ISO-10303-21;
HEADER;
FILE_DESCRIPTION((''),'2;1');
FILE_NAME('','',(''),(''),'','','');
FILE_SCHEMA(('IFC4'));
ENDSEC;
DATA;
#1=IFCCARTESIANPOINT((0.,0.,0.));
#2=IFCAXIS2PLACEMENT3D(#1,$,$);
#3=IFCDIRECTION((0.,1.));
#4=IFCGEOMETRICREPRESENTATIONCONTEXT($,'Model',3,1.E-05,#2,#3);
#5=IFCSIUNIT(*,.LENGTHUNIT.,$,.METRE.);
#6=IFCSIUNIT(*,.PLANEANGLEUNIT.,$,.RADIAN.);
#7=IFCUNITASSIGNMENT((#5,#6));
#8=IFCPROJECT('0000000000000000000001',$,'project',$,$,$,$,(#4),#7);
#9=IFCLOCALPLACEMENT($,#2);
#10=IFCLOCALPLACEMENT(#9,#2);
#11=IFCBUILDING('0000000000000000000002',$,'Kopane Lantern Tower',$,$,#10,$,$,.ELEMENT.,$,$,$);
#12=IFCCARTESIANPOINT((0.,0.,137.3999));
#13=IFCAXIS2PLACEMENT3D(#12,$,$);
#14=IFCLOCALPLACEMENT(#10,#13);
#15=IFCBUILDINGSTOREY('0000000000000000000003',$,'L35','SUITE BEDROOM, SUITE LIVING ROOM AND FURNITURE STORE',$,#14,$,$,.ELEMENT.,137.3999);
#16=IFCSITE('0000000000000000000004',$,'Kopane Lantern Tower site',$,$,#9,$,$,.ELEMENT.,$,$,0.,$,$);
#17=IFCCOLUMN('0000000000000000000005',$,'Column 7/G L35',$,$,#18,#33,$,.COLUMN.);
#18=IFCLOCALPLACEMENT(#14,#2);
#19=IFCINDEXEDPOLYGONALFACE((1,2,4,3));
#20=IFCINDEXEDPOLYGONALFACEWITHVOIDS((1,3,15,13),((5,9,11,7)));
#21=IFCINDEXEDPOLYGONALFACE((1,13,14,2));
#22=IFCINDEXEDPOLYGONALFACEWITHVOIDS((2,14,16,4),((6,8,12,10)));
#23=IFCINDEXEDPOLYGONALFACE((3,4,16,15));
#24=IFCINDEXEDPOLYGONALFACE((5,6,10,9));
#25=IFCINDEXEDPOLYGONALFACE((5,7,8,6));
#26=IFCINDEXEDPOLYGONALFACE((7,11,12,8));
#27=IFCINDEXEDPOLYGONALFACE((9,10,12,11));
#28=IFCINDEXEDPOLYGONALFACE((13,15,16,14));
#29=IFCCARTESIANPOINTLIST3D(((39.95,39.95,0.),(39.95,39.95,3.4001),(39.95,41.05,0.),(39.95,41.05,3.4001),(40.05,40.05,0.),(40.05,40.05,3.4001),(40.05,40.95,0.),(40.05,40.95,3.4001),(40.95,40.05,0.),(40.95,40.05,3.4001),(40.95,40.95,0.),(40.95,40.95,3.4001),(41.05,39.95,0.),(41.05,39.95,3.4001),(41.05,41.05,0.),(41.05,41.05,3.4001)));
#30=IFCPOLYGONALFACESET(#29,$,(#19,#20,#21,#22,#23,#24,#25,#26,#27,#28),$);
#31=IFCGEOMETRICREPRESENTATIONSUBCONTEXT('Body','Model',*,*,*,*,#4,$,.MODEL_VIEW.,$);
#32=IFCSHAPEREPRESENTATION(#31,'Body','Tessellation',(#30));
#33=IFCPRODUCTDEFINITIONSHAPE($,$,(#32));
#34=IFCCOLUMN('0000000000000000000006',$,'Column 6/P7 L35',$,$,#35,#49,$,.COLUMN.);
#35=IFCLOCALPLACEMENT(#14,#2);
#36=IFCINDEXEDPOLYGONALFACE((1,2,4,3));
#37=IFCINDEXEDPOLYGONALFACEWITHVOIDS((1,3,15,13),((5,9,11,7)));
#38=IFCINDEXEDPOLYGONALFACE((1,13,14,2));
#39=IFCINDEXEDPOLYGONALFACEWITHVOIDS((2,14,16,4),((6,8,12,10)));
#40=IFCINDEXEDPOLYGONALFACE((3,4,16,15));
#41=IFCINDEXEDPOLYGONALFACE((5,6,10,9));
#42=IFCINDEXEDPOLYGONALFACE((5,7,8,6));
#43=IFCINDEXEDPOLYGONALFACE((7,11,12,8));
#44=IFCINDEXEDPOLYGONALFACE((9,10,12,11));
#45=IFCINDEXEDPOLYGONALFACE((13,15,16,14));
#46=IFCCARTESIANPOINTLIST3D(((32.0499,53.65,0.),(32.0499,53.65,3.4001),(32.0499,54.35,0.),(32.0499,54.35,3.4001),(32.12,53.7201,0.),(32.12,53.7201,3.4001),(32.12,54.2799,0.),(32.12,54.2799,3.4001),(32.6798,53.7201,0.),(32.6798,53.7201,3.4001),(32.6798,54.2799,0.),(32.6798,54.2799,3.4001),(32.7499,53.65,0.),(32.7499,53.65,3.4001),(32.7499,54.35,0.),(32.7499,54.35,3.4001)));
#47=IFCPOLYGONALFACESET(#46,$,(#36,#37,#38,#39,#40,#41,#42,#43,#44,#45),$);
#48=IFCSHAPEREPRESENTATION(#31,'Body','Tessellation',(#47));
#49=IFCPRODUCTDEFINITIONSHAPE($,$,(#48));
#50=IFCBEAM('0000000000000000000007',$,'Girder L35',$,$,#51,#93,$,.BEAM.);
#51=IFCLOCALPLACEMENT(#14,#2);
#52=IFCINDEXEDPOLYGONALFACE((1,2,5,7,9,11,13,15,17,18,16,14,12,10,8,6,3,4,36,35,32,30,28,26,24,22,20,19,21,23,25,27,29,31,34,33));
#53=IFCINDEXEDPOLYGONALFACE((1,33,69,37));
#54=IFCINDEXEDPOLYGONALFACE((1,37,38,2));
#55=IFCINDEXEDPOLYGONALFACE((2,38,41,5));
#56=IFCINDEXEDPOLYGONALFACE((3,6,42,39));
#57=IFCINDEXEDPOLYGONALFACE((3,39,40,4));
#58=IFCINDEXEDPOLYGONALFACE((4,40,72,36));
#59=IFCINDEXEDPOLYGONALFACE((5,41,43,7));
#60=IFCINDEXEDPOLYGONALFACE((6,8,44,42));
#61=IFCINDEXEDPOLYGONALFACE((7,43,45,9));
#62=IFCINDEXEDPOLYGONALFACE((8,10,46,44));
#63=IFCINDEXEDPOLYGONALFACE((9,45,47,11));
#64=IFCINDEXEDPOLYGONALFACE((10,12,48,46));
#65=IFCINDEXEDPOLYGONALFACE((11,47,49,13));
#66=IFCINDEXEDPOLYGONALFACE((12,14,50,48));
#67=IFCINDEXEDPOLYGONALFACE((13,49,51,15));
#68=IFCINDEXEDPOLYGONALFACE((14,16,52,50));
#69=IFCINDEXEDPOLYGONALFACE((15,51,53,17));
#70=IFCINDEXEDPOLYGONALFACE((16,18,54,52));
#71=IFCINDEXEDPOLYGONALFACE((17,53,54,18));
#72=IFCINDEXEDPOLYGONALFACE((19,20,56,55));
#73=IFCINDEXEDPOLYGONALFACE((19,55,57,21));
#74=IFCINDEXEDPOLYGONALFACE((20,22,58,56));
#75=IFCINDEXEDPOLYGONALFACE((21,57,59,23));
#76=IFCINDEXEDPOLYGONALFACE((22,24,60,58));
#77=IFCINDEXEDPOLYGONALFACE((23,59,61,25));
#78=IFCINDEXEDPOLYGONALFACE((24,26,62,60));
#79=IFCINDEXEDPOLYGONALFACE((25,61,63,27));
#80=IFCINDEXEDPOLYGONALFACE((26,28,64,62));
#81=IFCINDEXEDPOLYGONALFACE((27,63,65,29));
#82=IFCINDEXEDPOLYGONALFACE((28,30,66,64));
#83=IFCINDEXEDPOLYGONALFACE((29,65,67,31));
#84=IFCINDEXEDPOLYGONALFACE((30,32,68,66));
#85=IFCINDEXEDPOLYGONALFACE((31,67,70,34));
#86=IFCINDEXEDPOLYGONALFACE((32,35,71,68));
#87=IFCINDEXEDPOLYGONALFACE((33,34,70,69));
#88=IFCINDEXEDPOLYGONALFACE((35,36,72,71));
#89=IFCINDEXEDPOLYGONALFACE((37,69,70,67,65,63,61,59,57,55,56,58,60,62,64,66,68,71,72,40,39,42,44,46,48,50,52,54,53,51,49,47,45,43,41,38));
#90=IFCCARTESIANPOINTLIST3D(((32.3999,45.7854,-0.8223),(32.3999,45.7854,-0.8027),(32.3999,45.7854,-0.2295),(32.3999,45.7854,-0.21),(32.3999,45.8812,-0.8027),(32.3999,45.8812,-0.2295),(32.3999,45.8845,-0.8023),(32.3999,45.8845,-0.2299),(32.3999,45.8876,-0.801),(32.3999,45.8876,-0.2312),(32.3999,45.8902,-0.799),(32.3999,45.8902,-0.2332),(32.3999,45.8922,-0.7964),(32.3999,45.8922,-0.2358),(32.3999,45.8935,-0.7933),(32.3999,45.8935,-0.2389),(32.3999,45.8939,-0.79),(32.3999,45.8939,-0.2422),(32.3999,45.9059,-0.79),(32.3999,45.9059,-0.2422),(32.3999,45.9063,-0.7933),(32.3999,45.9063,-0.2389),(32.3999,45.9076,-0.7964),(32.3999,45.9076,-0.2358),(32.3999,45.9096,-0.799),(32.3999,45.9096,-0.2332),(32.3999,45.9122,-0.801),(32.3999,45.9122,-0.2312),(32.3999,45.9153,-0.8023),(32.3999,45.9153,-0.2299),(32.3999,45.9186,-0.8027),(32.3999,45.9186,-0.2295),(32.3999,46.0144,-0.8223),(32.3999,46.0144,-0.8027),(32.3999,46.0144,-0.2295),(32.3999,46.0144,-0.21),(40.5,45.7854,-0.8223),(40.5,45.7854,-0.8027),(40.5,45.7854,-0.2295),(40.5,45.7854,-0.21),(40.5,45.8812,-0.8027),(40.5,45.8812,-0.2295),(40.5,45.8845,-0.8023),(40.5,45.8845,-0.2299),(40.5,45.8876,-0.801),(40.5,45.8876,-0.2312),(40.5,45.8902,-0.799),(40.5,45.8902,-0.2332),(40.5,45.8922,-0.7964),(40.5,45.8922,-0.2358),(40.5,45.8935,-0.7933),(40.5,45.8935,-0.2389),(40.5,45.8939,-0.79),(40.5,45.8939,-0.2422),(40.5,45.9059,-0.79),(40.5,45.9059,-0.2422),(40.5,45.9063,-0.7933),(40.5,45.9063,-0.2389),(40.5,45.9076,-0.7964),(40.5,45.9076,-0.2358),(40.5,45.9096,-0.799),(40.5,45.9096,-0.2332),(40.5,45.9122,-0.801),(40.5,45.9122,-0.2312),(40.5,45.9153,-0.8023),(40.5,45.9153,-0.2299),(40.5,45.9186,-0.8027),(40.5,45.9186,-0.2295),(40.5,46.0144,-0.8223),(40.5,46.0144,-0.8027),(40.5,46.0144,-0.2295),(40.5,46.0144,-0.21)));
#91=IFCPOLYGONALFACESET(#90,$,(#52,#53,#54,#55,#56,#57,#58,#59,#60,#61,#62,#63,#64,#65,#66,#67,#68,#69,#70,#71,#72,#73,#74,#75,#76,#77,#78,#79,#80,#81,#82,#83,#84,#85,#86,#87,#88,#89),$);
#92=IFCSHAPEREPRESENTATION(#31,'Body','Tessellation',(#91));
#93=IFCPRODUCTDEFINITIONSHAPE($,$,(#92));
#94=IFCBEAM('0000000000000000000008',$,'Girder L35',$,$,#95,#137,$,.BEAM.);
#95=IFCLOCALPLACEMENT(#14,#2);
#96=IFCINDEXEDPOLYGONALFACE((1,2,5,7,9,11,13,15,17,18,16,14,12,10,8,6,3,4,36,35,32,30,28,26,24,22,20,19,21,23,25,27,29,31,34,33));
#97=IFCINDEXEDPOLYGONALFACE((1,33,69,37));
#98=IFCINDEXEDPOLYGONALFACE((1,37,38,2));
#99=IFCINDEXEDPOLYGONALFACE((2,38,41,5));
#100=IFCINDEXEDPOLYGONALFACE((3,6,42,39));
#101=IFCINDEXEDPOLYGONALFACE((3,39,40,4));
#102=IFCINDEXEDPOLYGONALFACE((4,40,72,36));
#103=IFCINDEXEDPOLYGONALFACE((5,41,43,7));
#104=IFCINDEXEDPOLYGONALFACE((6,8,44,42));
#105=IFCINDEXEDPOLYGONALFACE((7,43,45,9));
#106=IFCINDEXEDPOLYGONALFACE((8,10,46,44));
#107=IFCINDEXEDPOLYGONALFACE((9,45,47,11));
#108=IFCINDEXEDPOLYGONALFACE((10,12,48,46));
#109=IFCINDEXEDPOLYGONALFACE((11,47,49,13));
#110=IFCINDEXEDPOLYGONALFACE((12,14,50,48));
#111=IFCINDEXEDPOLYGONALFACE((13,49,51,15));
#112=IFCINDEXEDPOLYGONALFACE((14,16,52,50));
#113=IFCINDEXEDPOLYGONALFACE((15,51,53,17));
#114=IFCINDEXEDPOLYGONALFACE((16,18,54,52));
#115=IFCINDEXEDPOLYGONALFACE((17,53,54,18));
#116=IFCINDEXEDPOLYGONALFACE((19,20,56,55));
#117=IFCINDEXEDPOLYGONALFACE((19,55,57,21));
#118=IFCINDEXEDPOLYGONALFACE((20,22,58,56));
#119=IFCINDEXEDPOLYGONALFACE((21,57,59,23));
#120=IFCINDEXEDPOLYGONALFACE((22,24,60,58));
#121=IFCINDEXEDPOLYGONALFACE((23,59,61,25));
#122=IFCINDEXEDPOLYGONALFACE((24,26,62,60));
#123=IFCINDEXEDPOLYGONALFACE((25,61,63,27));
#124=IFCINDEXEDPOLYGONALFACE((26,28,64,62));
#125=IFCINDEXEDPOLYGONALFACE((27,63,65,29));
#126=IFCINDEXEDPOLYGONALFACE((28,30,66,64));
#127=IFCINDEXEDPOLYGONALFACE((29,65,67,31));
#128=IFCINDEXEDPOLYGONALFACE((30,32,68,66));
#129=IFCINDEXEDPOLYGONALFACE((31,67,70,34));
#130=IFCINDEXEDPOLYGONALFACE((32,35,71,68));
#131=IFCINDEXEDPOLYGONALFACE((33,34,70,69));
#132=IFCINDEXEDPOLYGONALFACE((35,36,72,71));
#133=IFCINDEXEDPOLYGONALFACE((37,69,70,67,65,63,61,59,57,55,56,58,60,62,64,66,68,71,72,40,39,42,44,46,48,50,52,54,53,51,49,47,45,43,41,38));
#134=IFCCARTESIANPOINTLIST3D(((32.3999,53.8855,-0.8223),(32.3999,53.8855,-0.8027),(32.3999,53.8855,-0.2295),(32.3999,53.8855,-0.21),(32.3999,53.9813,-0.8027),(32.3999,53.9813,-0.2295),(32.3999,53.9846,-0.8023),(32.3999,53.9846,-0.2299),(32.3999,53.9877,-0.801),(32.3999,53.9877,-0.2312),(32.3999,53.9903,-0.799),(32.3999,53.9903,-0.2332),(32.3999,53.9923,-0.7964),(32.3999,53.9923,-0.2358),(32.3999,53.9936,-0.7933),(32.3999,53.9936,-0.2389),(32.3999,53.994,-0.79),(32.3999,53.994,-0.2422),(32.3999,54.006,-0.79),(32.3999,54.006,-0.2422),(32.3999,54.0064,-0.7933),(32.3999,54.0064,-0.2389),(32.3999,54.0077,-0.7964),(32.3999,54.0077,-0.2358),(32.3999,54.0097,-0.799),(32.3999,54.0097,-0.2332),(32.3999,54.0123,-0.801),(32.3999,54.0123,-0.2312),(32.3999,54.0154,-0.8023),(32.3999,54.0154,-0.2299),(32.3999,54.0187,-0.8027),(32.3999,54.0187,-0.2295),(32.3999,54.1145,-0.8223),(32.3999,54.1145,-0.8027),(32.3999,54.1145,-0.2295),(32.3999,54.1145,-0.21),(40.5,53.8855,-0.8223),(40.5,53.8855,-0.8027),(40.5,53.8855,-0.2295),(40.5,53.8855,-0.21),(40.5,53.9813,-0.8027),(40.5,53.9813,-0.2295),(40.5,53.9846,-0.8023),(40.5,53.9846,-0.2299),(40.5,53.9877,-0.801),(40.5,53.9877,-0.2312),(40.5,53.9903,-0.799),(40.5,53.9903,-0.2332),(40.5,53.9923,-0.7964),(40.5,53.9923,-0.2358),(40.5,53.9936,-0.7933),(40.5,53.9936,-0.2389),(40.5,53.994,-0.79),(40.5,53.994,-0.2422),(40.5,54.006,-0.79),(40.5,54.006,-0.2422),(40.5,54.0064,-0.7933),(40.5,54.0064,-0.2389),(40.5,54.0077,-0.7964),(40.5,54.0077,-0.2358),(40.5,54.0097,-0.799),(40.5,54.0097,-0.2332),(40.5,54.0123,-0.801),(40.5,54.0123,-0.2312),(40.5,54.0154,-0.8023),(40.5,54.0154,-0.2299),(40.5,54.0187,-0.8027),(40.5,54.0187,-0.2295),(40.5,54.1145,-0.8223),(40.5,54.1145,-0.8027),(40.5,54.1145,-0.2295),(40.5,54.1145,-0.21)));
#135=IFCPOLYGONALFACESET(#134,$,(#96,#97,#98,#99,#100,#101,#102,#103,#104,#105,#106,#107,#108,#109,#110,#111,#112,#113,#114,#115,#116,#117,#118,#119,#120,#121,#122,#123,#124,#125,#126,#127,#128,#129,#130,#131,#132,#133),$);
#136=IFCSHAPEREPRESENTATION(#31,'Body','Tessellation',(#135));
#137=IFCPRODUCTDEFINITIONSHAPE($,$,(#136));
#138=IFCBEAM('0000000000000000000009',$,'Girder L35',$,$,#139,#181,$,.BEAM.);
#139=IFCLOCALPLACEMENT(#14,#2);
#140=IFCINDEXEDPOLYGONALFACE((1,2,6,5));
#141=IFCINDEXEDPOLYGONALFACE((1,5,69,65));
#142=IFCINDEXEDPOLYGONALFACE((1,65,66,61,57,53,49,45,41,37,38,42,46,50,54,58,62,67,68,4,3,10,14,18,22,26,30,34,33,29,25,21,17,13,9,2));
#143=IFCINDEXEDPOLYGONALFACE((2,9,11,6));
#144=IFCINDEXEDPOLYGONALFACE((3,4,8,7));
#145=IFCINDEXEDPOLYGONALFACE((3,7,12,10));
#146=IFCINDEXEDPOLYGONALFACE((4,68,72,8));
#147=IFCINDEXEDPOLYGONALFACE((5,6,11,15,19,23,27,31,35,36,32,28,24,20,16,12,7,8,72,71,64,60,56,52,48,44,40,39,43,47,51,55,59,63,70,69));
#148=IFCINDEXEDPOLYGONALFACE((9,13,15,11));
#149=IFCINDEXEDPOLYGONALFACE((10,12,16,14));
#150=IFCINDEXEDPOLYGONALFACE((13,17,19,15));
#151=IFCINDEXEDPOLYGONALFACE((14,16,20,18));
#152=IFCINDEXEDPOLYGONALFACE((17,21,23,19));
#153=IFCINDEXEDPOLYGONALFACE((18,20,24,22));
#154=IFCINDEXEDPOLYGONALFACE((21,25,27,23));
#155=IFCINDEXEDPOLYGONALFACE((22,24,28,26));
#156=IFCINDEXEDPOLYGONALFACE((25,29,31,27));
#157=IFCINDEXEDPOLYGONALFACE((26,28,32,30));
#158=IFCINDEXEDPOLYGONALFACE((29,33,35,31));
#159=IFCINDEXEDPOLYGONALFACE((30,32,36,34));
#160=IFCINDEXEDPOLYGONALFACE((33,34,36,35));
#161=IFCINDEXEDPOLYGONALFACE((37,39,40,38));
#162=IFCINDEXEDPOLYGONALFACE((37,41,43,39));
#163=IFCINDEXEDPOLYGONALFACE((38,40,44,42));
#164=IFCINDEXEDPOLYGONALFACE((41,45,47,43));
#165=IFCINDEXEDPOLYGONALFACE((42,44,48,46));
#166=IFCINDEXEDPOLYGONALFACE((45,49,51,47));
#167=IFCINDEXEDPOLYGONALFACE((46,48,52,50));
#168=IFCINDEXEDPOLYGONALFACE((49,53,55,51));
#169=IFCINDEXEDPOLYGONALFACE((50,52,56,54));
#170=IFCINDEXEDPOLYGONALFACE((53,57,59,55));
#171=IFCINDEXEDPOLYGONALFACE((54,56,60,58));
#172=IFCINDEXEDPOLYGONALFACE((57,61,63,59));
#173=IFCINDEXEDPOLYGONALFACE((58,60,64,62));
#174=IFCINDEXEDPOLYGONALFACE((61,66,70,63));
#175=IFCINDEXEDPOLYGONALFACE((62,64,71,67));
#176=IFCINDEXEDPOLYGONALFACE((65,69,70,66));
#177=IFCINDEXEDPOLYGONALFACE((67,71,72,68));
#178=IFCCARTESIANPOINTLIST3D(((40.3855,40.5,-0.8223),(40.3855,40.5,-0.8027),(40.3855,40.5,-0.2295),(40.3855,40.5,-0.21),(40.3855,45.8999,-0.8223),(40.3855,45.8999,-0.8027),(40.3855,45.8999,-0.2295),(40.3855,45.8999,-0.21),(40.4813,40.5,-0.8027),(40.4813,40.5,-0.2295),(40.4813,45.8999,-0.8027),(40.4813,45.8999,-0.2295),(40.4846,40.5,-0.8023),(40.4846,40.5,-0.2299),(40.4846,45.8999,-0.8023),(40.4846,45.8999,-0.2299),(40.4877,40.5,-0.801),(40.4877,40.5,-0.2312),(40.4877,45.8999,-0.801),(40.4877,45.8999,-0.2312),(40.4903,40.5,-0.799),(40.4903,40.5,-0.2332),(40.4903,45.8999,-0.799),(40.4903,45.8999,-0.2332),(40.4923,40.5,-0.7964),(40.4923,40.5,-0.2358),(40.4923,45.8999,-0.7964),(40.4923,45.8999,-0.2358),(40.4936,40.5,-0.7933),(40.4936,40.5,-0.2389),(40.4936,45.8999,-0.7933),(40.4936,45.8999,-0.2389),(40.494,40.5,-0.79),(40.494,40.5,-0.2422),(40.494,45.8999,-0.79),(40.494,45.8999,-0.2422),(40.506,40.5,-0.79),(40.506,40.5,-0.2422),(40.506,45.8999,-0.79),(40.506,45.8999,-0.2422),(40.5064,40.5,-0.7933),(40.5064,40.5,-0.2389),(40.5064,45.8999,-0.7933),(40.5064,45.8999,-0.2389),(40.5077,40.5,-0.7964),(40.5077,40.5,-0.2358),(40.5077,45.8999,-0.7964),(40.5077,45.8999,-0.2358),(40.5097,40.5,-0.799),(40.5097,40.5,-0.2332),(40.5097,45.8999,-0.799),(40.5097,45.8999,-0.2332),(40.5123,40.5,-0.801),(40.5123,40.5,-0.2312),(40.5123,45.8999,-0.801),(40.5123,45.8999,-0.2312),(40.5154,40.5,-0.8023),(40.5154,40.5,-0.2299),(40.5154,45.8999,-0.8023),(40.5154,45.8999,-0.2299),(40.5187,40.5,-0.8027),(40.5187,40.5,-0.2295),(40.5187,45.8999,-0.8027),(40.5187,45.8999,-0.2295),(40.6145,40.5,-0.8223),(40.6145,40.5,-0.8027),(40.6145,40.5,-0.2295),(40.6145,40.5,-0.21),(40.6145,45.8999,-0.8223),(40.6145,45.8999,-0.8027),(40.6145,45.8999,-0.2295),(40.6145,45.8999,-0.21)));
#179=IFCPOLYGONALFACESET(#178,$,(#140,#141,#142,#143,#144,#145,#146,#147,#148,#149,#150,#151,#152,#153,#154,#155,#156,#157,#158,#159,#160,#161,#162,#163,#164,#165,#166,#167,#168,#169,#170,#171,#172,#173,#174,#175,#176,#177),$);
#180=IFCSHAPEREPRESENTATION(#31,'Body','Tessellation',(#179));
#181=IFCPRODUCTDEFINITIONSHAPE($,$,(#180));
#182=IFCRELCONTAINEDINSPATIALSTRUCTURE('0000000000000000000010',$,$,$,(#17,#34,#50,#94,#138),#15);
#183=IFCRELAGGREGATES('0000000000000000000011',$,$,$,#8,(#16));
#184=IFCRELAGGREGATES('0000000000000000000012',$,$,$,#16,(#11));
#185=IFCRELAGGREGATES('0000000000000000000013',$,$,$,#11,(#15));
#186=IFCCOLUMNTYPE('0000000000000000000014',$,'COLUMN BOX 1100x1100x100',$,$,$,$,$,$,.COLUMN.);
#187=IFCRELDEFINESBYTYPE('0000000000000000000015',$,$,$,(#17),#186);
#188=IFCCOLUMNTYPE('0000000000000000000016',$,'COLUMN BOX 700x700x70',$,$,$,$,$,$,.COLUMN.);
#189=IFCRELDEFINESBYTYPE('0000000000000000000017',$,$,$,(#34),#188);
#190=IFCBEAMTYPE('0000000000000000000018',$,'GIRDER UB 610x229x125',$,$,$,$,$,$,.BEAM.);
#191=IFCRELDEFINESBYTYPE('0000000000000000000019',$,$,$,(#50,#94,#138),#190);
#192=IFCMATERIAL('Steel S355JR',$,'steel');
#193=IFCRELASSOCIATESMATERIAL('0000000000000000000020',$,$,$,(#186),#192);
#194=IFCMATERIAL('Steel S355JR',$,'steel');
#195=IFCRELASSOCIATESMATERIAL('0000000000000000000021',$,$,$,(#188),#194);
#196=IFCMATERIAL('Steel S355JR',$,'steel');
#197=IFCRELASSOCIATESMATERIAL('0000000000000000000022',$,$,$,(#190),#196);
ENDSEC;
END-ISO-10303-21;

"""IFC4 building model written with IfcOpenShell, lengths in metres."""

from ifc_helpers import new_model, si_unit, direction, frame, origin, origin_2d, place, context, subcontext, project, spatial, hollow_rectangle, i_section, extrude, material, material_profile, profile_set, type_object, element, save


model = new_model("IFC4")

# Units and contexts
model_context = context("Model", 3, precision=1e-05, world=origin(), true_north=direction((0.0, 1.0)))
body_context = subcontext(model_context, "Body", "Model", "MODEL_VIEW")
ifc_project = project(units=[si_unit("LENGTHUNIT", "METRE"), si_unit("PLANEANGLEUNIT", "RADIAN")], contexts=[model_context])

# Site, building, storey
site_placement = place(None, origin())
site = spatial("IfcSite", under=ifc_project, at=site_placement, Name="Kopane Lantern Tower site", CompositionType="ELEMENT", RefElevation=0.0)
building_placement = place(site_placement, origin())
building = spatial("IfcBuilding", under=site, at=building_placement, Name="Kopane Lantern Tower", CompositionType="ELEMENT")
storey_placement = place(building_placement, frame((0.0, 0.0, 137.3999)))
storey = spatial("IfcBuildingStorey", under=building, at=storey_placement, Name="L35", Description="SUITE BEDROOM, SUITE LIVING ROOM AND FURNITURE STORE", CompositionType="ELEMENT", Elevation=137.3999)

# Columns
ifc_material_1 = material(Name="Steel S355JR", Category="steel")
ifc_material_profile_1 = material_profile(ifc_material_1, hollow_rectangle(XDim=1.1001, YDim=1.1001, WallThickness=0.1001, at=origin_2d()), Name="BOX 1100x1100x100")
ifc_profile_set_1 = profile_set([ifc_material_profile_1], Name="Steel S355JR")
column_type_1 = type_object("IfcColumnType", Name="COLUMN BOX 1100x1100x100", PredefinedType="COLUMN", material=ifc_profile_set_1)
column_1_placement = place(storey_placement, frame((40.5, 40.5, 0.0), z_axis=(0.0, 0.0, 1.0), x_axis=(1.0, 0.0, 0.0)))
element("IfcColumn", 1, at=column_1_placement, inside=storey, type_object=column_type_1, Name="Column 7/G L35", PredefinedType="COLUMN", context=body_context, shape_type="SweptSolid", body=[
    extrude(hollow_rectangle(XDim=1.1001, YDim=1.1001, WallThickness=0.1001, at=origin_2d()), origin(), (0.0, 0.0, 1.0), 3.4001),
])
ifc_material_2 = material(Name="Steel S355JR", Category="steel")
ifc_material_profile_2 = material_profile(ifc_material_2, hollow_rectangle(XDim=0.7, YDim=0.7, WallThickness=0.0701, at=origin_2d()), Name="BOX 700x700x70")
ifc_profile_set_2 = profile_set([ifc_material_profile_2], Name="Steel S355JR")
column_type_2 = type_object("IfcColumnType", Name="COLUMN BOX 700x700x70", PredefinedType="COLUMN", material=ifc_profile_set_2)
column_2_placement = place(storey_placement, frame((32.3999, 54.0, 0.0), z_axis=(0.0, 0.0, 1.0), x_axis=(1.0, 0.0, 0.0)))
element("IfcColumn", 2, at=column_2_placement, inside=storey, type_object=column_type_2, Name="Column 6/P7 L35", PredefinedType="COLUMN", context=body_context, shape_type="SweptSolid", body=[
    extrude(hollow_rectangle(XDim=0.7, YDim=0.7, WallThickness=0.0701, at=origin_2d()), origin(), (0.0, 0.0, 1.0), 3.4001),
])

# Beams
ifc_material_3 = material(Name="Steel S355JR", Category="steel")
ifc_material_profile_3 = material_profile(ifc_material_3, i_section(OverallWidth=0.229, OverallDepth=0.6123, WebThickness=0.012, FlangeThickness=0.0195, FilletRadius=0.0127, at=origin_2d()), Name="UB 610x229x125")
ifc_profile_set_3 = profile_set([ifc_material_profile_3], Name="Steel S355JR")
beam_type = type_object("IfcBeamType", Name="GIRDER UB 610x229x125", PredefinedType="BEAM", material=ifc_profile_set_3)
for number, where, z_axis, x_axis, name in (
    (3, (32.3999, 45.8999, -0.5161), (1.0, 0.0, 0.0), (0.0, 1.0, 0.0), "Girder L35"),
    (4, (32.3999, 54.0, -0.5161), (1.0, 0.0, 0.0), (0.0, 1.0, 0.0), "Girder L35"),
):
    element("IfcBeam", number, at=place(storey_placement, frame(where, z_axis=z_axis, x_axis=x_axis)), inside=storey, type_object=beam_type, Name=name, PredefinedType="BEAM", context=body_context, shape_type="SweptSolid", body=[
        extrude(i_section(OverallWidth=0.229, OverallDepth=0.6123, WebThickness=0.012, FlangeThickness=0.0195, FilletRadius=0.0127, at=origin_2d()), origin(), (0.0, 0.0, 1.0), 8.1001),
    ])
beam_placement = place(storey_placement, frame((40.5, 40.5, -0.5161), z_axis=(0.0, 1.0, 0.0), x_axis=(-1.0, 0.0, 0.0)))
element("IfcBeam", 5, at=beam_placement, inside=storey, type_object=beam_type, Name="Girder L35", PredefinedType="BEAM", context=body_context, shape_type="SweptSolid", body=[
    extrude(i_section(OverallWidth=0.229, OverallDepth=0.6123, WebThickness=0.012, FlangeThickness=0.0195, FilletRadius=0.0127, at=origin_2d()), origin(), (0.0, 0.0, 1.0), 5.3999),
])

save(model, "model.ifc")
